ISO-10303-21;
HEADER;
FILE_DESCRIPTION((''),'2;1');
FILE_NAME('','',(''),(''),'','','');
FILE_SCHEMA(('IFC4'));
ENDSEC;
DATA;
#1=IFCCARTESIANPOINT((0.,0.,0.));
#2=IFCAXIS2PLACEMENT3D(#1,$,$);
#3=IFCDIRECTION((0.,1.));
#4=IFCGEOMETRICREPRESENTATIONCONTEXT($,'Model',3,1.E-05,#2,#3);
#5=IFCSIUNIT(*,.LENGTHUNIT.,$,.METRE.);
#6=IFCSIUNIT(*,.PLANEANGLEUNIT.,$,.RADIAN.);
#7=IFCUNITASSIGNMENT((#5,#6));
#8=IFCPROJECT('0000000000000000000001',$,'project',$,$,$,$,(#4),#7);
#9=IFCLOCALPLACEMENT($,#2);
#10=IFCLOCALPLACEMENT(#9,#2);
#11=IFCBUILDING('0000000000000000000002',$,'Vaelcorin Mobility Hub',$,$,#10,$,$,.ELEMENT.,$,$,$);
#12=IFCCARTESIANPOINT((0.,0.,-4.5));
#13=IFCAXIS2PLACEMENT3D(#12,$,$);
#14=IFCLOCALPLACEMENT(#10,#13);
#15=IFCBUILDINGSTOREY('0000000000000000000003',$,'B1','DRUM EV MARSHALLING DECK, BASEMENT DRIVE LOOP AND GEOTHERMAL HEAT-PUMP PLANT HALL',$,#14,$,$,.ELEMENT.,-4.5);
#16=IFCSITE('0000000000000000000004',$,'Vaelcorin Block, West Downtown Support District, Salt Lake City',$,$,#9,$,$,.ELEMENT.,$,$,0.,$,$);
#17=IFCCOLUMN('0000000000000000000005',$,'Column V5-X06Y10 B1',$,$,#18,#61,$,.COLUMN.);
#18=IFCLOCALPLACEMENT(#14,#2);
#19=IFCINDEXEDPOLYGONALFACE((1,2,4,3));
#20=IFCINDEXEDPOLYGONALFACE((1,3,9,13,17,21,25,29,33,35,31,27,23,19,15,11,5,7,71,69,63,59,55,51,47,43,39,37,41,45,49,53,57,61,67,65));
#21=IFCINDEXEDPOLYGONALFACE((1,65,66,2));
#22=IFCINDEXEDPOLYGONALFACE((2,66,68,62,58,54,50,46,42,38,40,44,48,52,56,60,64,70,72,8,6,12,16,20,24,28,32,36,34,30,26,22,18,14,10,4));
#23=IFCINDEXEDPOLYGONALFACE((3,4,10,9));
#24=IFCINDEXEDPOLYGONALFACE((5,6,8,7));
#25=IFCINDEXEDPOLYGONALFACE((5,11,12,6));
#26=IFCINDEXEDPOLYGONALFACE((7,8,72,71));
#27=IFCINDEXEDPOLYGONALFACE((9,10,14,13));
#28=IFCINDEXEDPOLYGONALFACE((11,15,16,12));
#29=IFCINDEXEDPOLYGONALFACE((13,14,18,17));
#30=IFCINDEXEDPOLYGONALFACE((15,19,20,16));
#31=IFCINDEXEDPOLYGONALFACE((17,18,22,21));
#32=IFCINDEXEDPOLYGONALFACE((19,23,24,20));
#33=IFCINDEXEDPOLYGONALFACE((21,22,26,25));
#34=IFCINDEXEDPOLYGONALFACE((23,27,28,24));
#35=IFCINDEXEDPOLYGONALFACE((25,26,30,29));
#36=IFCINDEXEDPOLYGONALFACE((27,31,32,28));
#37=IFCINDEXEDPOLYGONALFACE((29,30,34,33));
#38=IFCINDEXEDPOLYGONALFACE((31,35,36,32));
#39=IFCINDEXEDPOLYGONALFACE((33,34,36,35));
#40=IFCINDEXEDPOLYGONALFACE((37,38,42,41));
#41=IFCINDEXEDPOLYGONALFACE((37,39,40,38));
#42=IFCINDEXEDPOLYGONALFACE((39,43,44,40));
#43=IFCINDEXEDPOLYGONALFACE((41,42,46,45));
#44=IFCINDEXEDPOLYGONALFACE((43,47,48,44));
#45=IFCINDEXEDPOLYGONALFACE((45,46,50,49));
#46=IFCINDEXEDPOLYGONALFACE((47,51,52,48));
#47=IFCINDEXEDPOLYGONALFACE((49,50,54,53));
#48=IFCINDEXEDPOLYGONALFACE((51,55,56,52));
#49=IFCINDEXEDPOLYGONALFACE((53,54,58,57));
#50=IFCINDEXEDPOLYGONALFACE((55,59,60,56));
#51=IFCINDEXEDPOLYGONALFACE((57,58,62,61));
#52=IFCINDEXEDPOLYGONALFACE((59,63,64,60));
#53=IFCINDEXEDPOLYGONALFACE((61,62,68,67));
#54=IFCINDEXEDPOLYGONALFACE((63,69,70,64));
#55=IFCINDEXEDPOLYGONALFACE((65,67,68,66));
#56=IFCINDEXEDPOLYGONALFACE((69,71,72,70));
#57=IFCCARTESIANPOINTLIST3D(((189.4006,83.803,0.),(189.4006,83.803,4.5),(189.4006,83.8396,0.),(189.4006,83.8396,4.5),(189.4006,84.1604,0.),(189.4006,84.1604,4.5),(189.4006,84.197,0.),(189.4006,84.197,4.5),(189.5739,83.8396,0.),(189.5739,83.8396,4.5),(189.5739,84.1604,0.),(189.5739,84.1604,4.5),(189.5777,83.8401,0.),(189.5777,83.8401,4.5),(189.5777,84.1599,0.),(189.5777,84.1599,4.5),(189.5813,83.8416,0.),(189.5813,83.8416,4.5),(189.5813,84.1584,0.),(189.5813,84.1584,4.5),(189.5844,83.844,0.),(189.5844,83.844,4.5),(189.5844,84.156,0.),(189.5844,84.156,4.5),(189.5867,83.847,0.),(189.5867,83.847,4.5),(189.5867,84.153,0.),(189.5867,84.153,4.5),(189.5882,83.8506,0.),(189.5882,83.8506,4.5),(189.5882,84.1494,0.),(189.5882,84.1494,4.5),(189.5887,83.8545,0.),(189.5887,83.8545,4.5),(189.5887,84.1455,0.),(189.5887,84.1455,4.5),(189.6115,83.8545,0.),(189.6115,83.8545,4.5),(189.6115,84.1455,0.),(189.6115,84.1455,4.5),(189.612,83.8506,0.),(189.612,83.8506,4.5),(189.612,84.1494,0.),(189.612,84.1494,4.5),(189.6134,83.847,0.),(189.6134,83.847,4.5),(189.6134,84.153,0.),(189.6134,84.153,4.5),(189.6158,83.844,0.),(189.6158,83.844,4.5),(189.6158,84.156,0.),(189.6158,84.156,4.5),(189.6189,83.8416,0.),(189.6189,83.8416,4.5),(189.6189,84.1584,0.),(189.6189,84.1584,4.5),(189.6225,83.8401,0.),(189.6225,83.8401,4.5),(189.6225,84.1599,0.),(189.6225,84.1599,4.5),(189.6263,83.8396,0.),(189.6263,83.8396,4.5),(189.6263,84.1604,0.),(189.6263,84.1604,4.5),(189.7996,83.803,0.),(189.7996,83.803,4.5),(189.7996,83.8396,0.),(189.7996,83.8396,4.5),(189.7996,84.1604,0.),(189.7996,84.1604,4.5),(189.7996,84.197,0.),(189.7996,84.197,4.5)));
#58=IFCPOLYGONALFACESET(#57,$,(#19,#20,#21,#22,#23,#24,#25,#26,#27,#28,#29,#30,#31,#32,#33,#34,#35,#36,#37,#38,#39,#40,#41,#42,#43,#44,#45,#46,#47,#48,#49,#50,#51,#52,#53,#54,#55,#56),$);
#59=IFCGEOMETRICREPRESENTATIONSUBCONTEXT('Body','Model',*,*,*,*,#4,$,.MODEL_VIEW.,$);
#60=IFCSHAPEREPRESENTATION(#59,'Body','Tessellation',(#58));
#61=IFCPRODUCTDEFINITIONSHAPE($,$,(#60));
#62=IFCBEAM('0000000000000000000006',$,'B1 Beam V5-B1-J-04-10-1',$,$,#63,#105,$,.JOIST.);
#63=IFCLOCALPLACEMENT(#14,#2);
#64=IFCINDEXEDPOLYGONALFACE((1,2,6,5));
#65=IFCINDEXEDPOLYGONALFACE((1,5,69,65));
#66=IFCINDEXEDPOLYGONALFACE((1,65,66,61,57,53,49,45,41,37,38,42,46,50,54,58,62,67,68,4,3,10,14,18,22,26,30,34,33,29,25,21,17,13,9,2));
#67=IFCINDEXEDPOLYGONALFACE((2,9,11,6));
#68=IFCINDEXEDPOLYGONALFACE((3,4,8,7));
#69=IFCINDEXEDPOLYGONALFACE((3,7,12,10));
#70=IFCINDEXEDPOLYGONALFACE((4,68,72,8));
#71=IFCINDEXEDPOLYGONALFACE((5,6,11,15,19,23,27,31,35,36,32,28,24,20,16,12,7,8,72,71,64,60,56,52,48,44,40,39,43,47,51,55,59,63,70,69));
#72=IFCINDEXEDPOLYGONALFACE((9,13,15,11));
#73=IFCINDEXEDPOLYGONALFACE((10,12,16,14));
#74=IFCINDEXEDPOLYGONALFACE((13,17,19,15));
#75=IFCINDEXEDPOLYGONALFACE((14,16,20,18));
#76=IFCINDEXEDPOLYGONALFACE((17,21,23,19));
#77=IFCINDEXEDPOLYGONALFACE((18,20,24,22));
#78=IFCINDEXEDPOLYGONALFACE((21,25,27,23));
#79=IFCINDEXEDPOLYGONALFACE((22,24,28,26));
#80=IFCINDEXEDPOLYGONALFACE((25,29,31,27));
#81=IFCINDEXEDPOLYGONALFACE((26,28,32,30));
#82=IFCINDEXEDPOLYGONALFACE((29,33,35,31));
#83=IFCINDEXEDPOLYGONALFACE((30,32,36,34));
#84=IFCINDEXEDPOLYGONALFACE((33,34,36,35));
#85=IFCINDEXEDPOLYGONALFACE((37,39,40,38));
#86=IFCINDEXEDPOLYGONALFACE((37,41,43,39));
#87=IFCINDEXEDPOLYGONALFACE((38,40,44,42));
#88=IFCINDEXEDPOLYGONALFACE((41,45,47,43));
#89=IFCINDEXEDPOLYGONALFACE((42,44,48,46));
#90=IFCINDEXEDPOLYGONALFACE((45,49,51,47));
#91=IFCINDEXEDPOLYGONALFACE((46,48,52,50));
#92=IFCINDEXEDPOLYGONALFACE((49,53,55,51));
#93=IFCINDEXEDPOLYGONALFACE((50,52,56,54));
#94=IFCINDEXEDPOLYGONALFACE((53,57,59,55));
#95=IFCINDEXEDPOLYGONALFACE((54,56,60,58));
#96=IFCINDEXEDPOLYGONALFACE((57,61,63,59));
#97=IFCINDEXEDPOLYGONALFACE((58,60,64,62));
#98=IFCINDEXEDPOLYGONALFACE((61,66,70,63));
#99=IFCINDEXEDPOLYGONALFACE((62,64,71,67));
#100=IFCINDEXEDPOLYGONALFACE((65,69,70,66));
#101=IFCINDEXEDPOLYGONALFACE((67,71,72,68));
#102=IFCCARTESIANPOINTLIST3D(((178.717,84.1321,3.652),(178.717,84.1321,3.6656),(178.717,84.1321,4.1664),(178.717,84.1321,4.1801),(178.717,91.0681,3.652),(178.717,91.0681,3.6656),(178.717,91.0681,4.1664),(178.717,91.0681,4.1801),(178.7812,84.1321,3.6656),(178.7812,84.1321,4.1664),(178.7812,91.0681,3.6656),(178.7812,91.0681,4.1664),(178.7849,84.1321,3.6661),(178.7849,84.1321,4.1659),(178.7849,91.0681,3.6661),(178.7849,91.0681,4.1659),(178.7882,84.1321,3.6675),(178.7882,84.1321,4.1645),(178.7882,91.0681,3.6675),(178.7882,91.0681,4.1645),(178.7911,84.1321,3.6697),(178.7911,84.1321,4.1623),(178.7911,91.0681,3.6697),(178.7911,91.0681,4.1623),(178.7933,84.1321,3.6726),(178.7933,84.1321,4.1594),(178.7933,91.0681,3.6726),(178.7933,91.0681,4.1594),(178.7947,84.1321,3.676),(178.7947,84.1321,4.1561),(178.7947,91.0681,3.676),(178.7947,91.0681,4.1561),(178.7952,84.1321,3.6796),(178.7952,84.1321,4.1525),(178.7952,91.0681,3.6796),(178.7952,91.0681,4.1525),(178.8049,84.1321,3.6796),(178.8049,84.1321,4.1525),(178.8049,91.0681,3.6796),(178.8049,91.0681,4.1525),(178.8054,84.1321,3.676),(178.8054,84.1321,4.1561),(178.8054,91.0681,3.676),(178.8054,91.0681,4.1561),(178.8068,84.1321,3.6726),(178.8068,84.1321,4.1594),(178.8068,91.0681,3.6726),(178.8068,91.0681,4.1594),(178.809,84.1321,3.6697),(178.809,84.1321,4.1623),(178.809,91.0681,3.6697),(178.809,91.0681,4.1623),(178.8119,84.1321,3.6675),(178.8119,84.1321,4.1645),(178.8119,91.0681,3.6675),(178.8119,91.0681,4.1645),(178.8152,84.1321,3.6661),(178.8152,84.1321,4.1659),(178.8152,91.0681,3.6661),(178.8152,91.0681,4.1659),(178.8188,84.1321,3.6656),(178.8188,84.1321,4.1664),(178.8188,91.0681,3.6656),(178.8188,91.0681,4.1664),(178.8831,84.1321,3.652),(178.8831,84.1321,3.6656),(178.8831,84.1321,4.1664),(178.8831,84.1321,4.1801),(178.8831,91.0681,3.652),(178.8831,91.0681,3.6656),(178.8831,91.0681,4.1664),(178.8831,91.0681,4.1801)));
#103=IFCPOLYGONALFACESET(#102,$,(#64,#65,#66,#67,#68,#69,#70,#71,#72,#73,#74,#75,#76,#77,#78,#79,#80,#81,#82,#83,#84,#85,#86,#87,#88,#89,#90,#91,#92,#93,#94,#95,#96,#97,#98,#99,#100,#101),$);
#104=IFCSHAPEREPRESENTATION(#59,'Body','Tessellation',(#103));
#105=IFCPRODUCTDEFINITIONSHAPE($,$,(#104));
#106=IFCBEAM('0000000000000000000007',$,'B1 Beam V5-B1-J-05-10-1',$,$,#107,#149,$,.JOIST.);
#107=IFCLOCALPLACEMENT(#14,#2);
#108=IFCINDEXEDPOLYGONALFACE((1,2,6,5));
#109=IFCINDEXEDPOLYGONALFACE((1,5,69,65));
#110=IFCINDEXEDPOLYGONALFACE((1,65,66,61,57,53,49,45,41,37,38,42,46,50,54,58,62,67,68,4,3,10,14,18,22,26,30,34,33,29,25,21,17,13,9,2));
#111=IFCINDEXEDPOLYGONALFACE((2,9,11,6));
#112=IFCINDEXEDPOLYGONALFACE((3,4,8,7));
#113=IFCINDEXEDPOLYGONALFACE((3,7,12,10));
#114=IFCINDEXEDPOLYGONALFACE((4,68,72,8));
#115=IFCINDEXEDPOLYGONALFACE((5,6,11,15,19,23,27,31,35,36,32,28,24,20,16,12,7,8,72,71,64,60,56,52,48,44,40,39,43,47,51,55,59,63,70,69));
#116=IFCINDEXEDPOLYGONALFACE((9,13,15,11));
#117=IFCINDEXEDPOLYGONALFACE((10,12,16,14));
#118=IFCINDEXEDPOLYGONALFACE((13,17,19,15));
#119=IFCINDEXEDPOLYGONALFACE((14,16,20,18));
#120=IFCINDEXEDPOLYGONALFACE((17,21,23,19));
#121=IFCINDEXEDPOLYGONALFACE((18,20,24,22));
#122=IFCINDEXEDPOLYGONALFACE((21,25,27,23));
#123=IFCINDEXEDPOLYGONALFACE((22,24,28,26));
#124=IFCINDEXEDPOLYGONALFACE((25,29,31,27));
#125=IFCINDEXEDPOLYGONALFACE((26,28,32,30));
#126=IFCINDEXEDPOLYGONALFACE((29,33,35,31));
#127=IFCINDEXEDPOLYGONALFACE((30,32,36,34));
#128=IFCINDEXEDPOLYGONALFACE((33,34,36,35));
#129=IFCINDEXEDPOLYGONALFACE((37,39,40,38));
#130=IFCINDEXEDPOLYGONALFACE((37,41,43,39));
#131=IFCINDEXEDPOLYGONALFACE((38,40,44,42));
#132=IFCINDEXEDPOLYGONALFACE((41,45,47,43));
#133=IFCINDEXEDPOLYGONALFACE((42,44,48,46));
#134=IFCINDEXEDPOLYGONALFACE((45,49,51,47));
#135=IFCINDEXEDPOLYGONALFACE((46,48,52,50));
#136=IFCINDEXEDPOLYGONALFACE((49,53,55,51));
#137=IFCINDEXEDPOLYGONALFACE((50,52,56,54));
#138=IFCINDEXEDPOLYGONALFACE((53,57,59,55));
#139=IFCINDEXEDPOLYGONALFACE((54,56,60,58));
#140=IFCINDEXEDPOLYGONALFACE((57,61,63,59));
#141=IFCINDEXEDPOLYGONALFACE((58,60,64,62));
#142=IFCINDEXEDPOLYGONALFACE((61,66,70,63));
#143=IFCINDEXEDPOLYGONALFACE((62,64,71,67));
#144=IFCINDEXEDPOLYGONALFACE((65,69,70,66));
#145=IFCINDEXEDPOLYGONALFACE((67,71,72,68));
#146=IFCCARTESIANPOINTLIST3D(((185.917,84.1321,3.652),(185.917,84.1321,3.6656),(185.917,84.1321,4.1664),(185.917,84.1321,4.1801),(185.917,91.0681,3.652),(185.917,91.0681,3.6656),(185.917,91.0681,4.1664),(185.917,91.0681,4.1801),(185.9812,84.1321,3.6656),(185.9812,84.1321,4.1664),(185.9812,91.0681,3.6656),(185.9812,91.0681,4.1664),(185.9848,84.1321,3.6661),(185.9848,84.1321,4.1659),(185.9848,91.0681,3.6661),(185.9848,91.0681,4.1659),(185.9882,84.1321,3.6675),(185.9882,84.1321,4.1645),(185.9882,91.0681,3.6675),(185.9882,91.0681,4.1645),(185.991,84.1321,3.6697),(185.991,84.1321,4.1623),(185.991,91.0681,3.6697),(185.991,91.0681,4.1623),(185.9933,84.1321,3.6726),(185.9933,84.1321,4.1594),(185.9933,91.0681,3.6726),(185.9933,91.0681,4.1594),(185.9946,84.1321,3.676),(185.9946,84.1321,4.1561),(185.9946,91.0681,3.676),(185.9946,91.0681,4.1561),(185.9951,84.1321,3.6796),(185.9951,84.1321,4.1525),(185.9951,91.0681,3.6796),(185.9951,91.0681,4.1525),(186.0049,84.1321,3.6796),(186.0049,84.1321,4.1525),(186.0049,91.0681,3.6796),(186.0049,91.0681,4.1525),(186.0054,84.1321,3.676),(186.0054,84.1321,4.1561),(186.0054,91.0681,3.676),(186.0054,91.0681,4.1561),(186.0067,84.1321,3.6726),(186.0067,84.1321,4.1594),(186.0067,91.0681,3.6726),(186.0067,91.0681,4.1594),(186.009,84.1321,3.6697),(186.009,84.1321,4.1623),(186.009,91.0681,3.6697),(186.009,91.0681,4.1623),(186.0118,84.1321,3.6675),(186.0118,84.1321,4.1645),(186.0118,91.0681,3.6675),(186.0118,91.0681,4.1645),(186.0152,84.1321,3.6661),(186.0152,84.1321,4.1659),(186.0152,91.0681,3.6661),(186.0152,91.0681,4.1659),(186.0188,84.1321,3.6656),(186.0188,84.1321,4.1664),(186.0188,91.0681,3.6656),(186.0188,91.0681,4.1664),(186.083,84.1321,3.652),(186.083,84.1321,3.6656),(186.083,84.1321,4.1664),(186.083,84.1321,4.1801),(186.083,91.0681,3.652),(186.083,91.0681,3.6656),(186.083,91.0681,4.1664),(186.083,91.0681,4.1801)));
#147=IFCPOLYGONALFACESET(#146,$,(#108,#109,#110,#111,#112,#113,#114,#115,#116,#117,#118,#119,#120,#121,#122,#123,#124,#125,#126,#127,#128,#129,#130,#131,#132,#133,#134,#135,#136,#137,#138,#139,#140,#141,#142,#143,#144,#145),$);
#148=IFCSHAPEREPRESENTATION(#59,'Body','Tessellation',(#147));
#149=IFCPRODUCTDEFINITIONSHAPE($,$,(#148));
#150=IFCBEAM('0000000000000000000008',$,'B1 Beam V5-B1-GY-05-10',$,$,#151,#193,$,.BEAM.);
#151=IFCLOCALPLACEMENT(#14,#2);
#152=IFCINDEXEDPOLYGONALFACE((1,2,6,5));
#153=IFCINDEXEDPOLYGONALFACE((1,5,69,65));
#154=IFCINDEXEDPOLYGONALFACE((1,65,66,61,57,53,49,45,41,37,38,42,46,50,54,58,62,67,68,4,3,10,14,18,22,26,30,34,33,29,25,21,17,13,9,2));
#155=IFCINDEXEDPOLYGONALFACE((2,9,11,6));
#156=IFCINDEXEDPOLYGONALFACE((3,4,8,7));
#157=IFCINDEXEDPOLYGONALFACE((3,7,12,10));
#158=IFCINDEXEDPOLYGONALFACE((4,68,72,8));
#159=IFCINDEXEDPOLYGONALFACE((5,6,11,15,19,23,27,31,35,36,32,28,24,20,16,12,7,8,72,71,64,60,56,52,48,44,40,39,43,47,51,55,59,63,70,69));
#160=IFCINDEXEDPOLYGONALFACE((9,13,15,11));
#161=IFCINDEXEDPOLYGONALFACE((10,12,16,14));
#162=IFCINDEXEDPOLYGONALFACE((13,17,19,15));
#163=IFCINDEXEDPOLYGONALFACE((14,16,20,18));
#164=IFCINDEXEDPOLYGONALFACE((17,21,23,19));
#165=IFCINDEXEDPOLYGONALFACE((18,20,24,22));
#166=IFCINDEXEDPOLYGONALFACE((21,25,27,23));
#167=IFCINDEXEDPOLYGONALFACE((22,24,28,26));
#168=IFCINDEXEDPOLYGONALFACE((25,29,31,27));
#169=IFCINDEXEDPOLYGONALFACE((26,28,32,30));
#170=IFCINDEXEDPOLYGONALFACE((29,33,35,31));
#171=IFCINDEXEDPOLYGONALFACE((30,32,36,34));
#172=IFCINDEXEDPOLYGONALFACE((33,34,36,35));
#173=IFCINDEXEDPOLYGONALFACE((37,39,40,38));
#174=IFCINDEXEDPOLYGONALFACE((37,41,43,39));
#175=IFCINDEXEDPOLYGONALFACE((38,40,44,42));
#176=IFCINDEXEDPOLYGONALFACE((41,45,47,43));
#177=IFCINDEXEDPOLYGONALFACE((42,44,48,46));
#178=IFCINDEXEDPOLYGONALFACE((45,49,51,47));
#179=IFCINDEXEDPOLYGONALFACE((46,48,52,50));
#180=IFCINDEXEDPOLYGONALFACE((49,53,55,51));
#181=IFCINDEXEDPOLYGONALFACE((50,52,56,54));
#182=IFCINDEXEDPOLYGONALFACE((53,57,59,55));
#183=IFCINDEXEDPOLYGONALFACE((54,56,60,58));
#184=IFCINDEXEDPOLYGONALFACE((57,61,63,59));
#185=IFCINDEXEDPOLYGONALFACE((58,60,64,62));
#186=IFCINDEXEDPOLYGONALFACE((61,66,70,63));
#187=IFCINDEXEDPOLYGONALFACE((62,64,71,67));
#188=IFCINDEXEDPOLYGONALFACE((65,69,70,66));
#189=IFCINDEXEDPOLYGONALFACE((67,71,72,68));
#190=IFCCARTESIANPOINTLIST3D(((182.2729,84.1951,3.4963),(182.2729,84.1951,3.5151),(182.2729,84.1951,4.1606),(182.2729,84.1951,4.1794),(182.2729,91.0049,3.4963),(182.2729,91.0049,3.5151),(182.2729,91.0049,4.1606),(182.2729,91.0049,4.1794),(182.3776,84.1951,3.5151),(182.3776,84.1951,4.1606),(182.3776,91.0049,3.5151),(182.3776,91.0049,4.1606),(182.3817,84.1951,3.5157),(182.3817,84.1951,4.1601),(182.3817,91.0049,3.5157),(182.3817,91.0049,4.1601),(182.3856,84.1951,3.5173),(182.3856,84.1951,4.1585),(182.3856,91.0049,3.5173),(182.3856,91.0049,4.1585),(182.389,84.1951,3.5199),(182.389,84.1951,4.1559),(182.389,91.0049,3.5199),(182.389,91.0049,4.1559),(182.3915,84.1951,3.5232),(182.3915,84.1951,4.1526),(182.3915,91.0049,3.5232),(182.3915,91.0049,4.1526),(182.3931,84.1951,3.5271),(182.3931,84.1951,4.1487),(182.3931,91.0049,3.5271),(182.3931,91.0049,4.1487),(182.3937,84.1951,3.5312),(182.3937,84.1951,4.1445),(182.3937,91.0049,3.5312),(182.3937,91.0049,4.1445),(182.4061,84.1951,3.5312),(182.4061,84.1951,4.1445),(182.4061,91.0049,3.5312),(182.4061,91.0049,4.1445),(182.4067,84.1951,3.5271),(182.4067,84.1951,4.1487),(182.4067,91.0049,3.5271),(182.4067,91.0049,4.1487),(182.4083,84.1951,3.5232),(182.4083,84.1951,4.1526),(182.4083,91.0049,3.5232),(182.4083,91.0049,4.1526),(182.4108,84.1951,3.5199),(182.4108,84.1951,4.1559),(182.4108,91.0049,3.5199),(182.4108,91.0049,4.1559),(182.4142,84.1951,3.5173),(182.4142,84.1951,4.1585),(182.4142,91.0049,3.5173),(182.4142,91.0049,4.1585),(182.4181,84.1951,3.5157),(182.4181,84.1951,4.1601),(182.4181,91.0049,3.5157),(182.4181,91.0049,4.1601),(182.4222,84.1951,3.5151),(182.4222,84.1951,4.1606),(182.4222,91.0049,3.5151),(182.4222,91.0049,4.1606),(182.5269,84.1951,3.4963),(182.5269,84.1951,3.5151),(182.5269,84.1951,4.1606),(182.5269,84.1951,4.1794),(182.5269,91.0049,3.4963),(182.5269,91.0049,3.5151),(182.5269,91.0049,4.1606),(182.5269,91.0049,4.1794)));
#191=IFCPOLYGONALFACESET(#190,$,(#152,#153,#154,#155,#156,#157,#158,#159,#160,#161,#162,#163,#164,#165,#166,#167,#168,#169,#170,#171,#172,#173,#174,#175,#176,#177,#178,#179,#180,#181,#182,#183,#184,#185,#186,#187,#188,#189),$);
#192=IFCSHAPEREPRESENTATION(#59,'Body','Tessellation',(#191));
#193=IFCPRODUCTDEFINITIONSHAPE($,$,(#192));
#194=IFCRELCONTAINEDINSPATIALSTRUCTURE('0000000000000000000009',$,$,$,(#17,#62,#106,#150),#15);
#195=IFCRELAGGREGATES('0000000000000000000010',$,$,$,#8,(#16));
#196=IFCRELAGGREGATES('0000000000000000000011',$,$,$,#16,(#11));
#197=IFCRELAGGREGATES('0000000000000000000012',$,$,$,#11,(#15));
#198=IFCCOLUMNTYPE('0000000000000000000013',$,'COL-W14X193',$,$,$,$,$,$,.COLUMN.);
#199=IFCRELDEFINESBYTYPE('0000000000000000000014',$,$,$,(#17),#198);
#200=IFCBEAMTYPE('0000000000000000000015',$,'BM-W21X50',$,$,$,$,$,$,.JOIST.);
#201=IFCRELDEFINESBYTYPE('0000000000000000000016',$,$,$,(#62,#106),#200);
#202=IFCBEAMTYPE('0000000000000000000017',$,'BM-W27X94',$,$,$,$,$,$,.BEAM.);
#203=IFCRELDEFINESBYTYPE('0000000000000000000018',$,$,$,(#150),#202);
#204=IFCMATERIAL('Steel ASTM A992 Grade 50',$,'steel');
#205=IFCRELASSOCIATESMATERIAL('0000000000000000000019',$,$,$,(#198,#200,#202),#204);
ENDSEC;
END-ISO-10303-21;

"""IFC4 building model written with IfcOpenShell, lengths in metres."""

from ifc_helpers import new_model, si_unit, direction, frame, origin, origin_2d, place, context, subcontext, project, spatial, i_section, extrude, material, material_profile, profile_set, type_object, element, save


model = new_model("IFC4")

# Units and contexts
model_context = context("Model", 3, precision=1e-05, world=origin(), true_north=direction((0.0, 1.0)))
body_context = subcontext(model_context, "Body", "Model", "MODEL_VIEW")
ifc_project = project(units=[si_unit("LENGTHUNIT", "METRE"), si_unit("PLANEANGLEUNIT", "RADIAN")], contexts=[model_context])

# Site, building, storey
site_placement = place(None, origin())
site = spatial("IfcSite", under=ifc_project, at=site_placement, Name="Vaelcorin Block, West Downtown Support District, Salt Lake City", CompositionType="ELEMENT", RefElevation=0.0)
building_placement = place(site_placement, origin())
building = spatial("IfcBuilding", under=site, at=building_placement, Name="Vaelcorin Mobility Hub", CompositionType="ELEMENT")
storey_placement = place(building_placement, frame((0.0, 0.0, -4.5)))
storey = spatial("IfcBuildingStorey", under=building, at=storey_placement, Name="B1", Description="DRUM EV MARSHALLING DECK, BASEMENT DRIVE LOOP AND GEOTHERMAL HEAT-PUMP PLANT HALL", CompositionType="ELEMENT", Elevation=-4.5)

# Column
ifc_material_1 = material(Name="Steel ASTM A992 Grade 50", Category="steel")
ifc_material_profile_1 = material_profile(ifc_material_1, i_section(OverallWidth=0.3989, OverallDepth=0.394, WebThickness=0.0227, FlangeThickness=0.0366, FilletRadius=0.0149, at=origin_2d()), Name="W14X193")
ifc_profile_set_1 = profile_set([ifc_material_profile_1], Name="Steel ASTM A992 Grade 50")
column_type = type_object("IfcColumnType", Name="COL-W14X193", PredefinedType="COLUMN", material=ifc_profile_set_1)
for number, where, z_axis, x_axis, name in (
    (1, (189.6001, 84.0, 0.0), (0.0, 0.0, 1.0), (1.0, 0.0, 0.0), "Column V5-X06Y10 B1"),
):
    element("IfcColumn", number, at=place(storey_placement, frame(where, z_axis=z_axis, x_axis=x_axis)), inside=storey, type_object=column_type, Name=name, PredefinedType="COLUMN", context=body_context, shape_type="SweptSolid", body=[
        extrude(i_section(OverallWidth=0.3989, OverallDepth=0.394, WebThickness=0.0227, FlangeThickness=0.0366, FilletRadius=0.0149, at=origin_2d()), origin(), (0.0, 0.0, 1.0), 4.5),
    ])

# Beams
ifc_material_profile_2 = material_profile(ifc_material_1, i_section(OverallWidth=0.166, OverallDepth=0.5281, WebThickness=0.0098, FlangeThickness=0.0137, FilletRadius=0.0139, at=origin_2d()), Name="W21X50")
ifc_profile_set_2 = profile_set([ifc_material_profile_2], Name="Steel ASTM A992 Grade 50")
beam_type_1 = type_object("IfcBeamType", Name="BM-W21X50", PredefinedType="JOIST", material=ifc_profile_set_2)
for number, where, z_axis, x_axis, name in (
    (2, (178.8, 84.1321, 3.916), (0.0, 1.0, 0.0), (-1.0, 0.0, 0.0), "B1 Beam V5-B1-J-04-10-1"),
    (3, (186.0, 84.1321, 3.916), (0.0, 1.0, 0.0), (-1.0, 0.0, 0.0), "B1 Beam V5-B1-J-05-10-1"),
):
    element("IfcBeam", number, at=place(storey_placement, frame(where, z_axis=z_axis, x_axis=x_axis)), inside=storey, type_object=beam_type_1, Name=name, PredefinedType="JOIST", context=body_context, shape_type="SweptSolid", body=[
        extrude(i_section(OverallWidth=0.166, OverallDepth=0.5281, WebThickness=0.0098, FlangeThickness=0.0137, FilletRadius=0.0139, at=origin_2d()), origin(), (0.0, 0.0, 1.0), 6.936),
    ])
ifc_material_profile_3 = material_profile(ifc_material_1, i_section(OverallWidth=0.2539, OverallDepth=0.6831, WebThickness=0.0125, FlangeThickness=0.0188, FilletRadius=0.0161, at=origin_2d()), Name="W27X94")
ifc_profile_set_3 = profile_set([ifc_material_profile_3], Name="Steel ASTM A992 Grade 50")
beam_type_2 = type_object("IfcBeamType", Name="BM-W27X94", PredefinedType="BEAM", material=ifc_profile_set_3)
for number, where, z_axis, x_axis, name in (
    (4, (182.3999, 84.1951, 3.8379), (0.0, 1.0, 0.0), (-1.0, 0.0, 0.0), "B1 Beam V5-B1-GY-05-10"),
):
    element("IfcBeam", number, at=place(storey_placement, frame(where, z_axis=z_axis, x_axis=x_axis)), inside=storey, type_object=beam_type_2, Name=name, PredefinedType="BEAM", context=body_context, shape_type="SweptSolid", body=[
        extrude(i_section(OverallWidth=0.2539, OverallDepth=0.6831, WebThickness=0.0125, FlangeThickness=0.0188, FilletRadius=0.0161, at=origin_2d()), origin(), (0.0, 0.0, 1.0), 6.8098),
    ])

save(model, "model.ifc")
